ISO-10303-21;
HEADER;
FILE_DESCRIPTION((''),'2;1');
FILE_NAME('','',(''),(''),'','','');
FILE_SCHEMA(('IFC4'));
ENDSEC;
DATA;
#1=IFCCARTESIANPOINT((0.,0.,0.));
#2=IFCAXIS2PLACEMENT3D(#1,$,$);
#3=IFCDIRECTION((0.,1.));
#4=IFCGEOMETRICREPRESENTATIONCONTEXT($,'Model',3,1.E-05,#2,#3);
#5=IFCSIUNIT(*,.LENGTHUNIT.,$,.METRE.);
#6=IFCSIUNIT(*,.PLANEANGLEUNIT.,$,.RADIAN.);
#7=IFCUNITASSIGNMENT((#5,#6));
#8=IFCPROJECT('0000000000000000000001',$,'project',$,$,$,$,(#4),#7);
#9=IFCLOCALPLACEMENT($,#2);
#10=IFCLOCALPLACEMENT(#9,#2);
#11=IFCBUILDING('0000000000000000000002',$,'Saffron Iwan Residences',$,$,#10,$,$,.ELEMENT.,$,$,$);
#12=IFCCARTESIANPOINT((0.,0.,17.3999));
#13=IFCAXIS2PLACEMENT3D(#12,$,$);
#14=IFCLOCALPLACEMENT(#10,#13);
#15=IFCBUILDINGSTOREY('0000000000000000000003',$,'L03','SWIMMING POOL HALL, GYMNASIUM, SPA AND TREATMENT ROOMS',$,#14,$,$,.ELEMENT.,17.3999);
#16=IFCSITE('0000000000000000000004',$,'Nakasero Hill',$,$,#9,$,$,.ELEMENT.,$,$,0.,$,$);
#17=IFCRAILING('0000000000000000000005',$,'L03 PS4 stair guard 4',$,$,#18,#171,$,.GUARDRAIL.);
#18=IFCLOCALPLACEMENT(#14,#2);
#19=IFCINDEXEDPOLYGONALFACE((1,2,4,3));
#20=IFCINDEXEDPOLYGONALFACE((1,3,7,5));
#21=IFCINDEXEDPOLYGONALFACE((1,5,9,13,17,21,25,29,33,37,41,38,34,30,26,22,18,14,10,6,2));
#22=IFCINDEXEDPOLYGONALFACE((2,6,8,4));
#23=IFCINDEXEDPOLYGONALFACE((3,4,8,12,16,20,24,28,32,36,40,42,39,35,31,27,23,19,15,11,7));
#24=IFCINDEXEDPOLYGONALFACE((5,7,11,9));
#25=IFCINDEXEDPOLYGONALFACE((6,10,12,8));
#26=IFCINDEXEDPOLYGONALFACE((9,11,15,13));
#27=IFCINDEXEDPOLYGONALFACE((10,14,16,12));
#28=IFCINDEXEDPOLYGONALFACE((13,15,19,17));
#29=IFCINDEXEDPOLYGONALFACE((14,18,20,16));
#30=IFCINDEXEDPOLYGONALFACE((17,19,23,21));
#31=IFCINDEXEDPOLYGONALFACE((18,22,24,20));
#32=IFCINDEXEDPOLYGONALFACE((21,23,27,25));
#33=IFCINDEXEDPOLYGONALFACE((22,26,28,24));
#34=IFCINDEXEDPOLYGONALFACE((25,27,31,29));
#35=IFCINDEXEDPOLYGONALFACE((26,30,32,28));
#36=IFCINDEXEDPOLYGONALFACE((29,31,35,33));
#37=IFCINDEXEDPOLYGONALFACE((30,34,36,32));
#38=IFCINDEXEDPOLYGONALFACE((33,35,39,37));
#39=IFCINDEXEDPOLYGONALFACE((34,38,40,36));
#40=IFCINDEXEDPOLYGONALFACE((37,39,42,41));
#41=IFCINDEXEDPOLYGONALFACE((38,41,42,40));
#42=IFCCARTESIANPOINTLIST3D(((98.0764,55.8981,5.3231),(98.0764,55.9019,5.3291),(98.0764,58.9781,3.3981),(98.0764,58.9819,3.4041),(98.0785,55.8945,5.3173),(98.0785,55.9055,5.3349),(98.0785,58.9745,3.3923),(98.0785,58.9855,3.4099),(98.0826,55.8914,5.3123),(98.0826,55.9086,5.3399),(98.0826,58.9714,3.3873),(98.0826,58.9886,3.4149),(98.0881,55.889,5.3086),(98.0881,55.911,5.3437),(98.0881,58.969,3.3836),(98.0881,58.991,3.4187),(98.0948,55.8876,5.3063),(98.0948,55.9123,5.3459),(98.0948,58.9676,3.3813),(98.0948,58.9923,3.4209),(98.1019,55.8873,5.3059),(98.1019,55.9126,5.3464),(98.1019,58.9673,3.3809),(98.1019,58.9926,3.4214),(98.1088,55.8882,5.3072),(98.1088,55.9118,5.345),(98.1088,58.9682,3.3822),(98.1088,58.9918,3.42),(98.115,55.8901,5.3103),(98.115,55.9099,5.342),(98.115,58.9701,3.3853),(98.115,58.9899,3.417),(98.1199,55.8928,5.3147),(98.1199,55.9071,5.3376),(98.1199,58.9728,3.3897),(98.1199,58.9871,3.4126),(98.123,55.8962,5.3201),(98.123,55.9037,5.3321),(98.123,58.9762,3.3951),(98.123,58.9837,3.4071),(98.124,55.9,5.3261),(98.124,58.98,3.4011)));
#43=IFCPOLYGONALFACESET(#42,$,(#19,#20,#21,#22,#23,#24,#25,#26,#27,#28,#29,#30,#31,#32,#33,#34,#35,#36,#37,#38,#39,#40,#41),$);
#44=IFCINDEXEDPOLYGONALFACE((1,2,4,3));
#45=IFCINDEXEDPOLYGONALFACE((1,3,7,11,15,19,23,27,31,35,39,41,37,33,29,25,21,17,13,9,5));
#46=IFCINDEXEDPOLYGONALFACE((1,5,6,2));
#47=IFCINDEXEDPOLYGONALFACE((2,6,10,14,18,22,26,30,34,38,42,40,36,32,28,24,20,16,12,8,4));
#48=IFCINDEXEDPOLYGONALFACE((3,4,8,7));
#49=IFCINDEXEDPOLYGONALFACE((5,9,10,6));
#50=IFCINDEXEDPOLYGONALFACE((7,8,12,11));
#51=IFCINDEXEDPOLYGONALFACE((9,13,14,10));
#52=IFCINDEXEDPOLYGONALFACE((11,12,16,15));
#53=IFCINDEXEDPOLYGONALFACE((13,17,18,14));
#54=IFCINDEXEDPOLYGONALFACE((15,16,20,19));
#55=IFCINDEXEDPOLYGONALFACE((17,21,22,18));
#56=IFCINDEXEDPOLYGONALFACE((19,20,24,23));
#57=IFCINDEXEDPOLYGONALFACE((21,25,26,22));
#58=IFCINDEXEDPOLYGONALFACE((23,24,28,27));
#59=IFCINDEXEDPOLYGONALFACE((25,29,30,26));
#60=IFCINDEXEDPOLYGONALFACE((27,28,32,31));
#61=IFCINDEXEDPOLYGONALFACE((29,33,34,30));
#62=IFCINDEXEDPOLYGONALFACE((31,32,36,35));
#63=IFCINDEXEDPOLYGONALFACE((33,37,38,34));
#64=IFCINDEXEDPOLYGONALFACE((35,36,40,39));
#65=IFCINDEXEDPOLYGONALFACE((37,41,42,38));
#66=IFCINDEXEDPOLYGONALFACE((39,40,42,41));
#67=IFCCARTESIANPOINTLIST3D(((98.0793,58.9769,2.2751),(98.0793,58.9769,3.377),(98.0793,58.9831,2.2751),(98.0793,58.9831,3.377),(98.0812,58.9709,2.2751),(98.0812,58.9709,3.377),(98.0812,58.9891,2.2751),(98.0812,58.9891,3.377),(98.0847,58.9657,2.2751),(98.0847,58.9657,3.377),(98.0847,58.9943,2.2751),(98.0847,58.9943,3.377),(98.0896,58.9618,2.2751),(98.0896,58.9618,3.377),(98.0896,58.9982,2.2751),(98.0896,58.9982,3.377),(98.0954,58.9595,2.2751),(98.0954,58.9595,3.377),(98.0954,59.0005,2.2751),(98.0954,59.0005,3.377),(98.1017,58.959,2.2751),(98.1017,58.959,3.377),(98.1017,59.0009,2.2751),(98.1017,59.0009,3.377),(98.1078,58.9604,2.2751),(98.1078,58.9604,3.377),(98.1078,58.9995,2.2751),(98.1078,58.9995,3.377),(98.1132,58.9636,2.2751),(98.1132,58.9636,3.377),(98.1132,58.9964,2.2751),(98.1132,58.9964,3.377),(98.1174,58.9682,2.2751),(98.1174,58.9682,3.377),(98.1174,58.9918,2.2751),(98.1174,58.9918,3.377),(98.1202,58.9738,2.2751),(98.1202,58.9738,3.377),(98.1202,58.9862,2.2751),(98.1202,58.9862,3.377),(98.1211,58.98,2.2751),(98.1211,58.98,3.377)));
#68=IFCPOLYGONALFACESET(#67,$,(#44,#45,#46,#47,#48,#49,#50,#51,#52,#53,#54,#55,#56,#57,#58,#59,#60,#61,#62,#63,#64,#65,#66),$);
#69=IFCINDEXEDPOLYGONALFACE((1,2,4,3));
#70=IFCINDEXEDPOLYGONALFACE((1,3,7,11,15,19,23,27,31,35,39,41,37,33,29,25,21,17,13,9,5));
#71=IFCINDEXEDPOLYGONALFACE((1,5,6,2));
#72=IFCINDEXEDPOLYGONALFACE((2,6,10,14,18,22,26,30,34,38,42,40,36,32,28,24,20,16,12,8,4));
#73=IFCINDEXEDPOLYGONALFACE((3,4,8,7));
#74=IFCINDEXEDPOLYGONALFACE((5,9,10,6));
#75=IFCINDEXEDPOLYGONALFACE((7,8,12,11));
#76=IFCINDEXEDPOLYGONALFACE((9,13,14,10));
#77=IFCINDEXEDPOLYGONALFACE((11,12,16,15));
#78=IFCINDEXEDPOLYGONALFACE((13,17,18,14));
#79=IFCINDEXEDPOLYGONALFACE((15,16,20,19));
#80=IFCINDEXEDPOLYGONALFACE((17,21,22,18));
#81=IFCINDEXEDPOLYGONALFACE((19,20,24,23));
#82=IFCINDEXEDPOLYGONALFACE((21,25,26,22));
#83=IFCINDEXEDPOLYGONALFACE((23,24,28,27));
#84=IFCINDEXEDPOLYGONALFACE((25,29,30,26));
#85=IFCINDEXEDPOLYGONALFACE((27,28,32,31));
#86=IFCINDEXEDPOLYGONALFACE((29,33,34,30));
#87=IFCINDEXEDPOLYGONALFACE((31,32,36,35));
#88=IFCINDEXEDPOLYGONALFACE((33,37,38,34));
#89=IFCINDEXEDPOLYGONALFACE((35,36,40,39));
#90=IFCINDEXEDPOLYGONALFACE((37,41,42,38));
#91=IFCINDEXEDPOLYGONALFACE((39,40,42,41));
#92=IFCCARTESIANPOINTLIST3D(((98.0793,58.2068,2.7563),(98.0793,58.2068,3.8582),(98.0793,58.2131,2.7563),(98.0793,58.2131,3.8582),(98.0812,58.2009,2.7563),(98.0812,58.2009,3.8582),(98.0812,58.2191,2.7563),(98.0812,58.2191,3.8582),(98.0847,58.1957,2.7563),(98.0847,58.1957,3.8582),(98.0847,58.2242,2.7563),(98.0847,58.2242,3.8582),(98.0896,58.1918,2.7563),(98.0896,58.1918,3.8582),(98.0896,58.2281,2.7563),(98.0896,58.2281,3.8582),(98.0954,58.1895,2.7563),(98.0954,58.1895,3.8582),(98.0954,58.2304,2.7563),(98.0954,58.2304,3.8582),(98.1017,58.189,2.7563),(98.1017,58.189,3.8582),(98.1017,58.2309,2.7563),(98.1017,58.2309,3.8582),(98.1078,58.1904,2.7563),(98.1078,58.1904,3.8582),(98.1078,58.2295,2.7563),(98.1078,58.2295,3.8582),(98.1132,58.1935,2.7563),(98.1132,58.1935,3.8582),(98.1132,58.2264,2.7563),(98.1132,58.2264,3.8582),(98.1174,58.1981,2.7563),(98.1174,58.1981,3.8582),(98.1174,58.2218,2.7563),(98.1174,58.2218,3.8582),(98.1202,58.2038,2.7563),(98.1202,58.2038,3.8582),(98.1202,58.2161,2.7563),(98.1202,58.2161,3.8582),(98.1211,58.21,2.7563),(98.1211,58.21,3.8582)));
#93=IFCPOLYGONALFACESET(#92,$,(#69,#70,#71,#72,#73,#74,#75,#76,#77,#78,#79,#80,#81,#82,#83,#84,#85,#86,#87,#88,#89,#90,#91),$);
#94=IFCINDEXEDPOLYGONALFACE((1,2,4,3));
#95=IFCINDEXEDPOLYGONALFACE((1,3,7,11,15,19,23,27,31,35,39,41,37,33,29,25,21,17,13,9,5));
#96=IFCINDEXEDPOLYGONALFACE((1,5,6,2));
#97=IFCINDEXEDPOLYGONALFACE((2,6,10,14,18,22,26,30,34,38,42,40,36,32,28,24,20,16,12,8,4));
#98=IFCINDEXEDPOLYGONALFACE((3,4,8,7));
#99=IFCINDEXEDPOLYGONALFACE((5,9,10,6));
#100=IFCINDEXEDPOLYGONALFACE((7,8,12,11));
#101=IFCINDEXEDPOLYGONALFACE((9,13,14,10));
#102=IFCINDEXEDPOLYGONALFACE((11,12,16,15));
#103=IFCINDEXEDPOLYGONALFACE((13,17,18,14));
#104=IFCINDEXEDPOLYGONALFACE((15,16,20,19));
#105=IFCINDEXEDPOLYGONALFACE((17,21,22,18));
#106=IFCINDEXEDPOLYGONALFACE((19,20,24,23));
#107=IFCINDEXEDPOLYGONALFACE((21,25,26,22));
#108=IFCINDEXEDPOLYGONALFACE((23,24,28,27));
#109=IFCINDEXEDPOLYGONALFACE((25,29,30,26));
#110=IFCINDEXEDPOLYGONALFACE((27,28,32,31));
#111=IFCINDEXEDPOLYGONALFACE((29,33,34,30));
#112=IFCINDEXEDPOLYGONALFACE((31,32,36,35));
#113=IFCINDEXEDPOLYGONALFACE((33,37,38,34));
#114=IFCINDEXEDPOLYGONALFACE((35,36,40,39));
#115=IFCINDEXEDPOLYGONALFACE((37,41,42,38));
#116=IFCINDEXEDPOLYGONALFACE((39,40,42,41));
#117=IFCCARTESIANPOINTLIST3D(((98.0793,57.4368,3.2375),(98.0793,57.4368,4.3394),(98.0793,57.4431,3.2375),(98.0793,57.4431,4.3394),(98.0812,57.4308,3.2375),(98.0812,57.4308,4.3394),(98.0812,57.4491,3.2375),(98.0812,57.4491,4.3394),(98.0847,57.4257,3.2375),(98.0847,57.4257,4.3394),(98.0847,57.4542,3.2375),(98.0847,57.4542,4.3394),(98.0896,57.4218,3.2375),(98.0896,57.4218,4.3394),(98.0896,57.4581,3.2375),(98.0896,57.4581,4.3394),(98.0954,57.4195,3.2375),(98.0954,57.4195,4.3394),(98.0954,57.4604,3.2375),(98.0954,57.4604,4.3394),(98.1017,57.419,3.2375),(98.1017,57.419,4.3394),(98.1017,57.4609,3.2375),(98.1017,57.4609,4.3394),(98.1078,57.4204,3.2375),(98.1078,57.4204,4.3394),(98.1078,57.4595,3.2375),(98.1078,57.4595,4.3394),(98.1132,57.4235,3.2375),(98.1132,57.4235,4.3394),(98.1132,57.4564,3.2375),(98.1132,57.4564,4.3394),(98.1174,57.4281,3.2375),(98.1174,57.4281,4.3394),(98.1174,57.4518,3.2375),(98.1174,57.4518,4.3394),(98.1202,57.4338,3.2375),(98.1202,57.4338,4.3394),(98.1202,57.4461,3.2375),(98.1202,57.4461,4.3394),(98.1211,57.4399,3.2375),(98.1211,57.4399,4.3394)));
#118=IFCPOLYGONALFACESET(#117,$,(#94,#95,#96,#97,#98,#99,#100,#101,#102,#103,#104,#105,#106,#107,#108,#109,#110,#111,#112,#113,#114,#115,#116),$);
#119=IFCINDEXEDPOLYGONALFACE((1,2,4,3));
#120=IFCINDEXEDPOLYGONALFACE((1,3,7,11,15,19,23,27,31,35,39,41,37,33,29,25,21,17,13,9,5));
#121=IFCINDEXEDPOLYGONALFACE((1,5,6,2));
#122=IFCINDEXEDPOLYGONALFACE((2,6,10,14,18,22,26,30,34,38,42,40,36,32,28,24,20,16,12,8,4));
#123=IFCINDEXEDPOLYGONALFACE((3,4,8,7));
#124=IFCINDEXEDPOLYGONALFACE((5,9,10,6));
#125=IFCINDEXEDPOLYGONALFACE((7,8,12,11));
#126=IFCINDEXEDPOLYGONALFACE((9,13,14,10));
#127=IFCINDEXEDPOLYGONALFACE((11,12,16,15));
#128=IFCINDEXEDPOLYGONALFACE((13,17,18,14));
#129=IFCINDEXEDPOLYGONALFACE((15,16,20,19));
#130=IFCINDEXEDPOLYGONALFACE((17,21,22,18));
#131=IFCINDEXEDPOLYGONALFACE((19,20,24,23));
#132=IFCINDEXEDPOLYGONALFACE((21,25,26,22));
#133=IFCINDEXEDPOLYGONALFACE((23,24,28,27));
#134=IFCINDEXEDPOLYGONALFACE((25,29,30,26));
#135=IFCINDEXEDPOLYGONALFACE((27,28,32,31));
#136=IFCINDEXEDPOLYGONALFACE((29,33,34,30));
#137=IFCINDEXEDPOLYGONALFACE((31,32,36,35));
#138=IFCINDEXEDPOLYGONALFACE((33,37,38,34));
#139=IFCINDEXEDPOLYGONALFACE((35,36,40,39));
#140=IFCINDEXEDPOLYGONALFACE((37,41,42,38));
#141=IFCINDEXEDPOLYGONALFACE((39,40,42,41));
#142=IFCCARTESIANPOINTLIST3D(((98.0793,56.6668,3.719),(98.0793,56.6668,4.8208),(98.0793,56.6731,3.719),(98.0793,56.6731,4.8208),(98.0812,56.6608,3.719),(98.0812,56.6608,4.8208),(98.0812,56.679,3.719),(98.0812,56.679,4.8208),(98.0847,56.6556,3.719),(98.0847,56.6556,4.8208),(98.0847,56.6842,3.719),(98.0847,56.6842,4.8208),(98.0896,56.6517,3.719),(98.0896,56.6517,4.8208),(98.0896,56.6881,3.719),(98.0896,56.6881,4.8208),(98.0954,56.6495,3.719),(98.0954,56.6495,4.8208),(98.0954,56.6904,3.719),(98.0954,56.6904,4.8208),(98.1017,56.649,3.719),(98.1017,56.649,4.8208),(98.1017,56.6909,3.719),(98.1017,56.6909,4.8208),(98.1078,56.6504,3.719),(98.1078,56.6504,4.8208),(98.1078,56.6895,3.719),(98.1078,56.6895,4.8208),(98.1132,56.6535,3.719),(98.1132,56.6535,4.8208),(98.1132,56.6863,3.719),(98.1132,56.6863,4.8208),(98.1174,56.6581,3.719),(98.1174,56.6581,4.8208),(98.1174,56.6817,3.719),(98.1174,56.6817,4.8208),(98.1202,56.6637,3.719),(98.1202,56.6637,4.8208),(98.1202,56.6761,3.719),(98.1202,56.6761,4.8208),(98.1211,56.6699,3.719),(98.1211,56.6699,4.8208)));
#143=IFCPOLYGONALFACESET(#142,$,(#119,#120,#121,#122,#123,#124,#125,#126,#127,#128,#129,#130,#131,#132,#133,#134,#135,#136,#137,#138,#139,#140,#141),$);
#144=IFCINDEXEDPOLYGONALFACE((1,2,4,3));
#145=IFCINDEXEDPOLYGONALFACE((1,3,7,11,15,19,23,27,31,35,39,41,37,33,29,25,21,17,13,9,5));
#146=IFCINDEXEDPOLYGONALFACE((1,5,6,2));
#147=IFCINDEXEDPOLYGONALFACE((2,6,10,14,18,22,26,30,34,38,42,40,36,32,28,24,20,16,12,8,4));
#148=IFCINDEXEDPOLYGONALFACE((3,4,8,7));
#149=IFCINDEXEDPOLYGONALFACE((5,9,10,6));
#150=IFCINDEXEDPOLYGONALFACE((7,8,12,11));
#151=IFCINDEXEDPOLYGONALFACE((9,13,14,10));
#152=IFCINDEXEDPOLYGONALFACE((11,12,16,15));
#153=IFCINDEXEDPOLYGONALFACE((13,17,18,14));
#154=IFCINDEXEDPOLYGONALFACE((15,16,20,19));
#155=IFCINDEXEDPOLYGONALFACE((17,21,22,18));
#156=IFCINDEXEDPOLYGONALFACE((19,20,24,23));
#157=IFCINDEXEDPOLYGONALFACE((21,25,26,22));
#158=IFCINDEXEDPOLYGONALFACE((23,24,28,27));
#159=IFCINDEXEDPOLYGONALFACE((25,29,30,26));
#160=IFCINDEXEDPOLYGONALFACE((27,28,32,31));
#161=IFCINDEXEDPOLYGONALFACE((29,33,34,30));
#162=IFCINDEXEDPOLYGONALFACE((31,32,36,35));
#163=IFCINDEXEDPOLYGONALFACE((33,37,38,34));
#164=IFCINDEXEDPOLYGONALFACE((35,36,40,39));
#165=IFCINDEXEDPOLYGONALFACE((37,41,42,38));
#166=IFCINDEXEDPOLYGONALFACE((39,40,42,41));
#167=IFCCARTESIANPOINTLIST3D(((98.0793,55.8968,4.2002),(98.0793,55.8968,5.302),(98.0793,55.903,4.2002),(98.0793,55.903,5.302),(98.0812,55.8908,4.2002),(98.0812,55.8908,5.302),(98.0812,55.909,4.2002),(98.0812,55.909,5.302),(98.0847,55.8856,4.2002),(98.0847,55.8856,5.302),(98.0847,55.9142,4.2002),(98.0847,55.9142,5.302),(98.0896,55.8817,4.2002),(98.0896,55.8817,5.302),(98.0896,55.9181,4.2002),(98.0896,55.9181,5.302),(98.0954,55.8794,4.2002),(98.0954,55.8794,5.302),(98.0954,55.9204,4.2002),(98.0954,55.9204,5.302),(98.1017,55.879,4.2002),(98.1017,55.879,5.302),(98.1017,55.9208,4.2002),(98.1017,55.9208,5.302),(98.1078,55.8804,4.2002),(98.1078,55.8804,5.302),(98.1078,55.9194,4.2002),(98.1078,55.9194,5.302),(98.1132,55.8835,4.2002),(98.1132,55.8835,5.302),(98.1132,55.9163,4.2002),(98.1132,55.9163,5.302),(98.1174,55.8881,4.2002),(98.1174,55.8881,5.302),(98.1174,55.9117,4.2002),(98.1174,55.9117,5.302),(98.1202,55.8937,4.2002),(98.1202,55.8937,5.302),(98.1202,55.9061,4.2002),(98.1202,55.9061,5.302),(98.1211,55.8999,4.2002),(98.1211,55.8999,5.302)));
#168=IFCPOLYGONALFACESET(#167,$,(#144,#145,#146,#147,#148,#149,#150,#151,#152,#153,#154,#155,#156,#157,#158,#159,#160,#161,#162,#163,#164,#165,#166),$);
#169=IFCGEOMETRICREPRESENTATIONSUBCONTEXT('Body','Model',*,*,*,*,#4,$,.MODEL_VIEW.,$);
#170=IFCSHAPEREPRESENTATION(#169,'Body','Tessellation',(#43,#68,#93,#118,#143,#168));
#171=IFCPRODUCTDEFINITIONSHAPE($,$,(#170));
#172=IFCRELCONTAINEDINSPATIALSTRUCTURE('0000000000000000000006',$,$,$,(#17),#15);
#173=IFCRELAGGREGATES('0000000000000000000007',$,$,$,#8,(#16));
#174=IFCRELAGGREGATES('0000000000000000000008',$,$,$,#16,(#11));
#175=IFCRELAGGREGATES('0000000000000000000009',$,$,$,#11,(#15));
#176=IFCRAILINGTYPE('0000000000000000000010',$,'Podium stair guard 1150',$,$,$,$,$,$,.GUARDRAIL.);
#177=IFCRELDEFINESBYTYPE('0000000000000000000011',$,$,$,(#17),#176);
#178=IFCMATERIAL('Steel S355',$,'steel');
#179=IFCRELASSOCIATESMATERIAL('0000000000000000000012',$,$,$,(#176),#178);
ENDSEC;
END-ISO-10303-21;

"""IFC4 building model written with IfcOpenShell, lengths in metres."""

from ifc_helpers import new_model, si_unit, direction, frame, origin, origin_2d, place, context, subcontext, project, spatial, circle, extrude, material, type_object, element, save


model = new_model("IFC4")

# Units and contexts
model_context = context("Model", 3, precision=1e-05, world=origin(), true_north=direction((0.0, 1.0)))
body_context = subcontext(model_context, "Body", "Model", "MODEL_VIEW")
ifc_project = project(units=[si_unit("LENGTHUNIT", "METRE"), si_unit("PLANEANGLEUNIT", "RADIAN")], contexts=[model_context])

# Site, building, storey
site_placement = place(None, origin())
site = spatial("IfcSite", under=ifc_project, at=site_placement, Name="Nakasero Hill", CompositionType="ELEMENT", RefElevation=0.0)
building_placement = place(site_placement, origin())
building = spatial("IfcBuilding", under=site, at=building_placement, Name="Saffron Iwan Residences", CompositionType="ELEMENT")
storey_placement = place(building_placement, frame((0.0, 0.0, 17.3999)))
storey = spatial("IfcBuildingStorey", under=building, at=storey_placement, Name="L03", Description="SWIMMING POOL HALL, GYMNASIUM, SPA AND TREATMENT ROOMS", CompositionType="ELEMENT", Elevation=17.3999)

# Railing
ifc_material_1 = material(Name="Steel S355", Category="steel")
railing_type_1 = type_object("IfcRailingType", Name="Podium stair guard 1150", PredefinedType="GUARDRAIL", material=ifc_material_1)
railing_1_placement = place(storey_placement, frame((98.1001, 58.98, 2.2751)))
element("IfcRailing", 1, at=railing_1_placement, inside=storey, type_object=railing_type_1, Name="L03 PS4 stair guard 4", PredefinedType="GUARDRAIL", context=body_context, shape_type="SweptSolid", body=[
    extrude(circle(Radius=0.0239, at=origin_2d()), frame((0.0, 0.0, 1.126), z_axis=(0.0, -0.847998, 0.529999), x_axis=(1.0, 0.0, 0.0)), (0.0, 0.0, 1.0), 3.6321),
    extrude(circle(Radius=0.021, at=origin_2d()), origin(), (0.0, 0.0, 1.0), 1.1018),
    extrude(circle(Radius=0.021, at=origin_2d()), frame((0.0, -0.77, 0.4812)), (0.0, 0.0, 1.0), 1.1018),
    extrude(circle(Radius=0.021, at=origin_2d()), frame((0.0, -1.54, 0.9624)), (0.0, 0.0, 1.0), 1.1018),
    extrude(circle(Radius=0.021, at=origin_2d()), frame((0.0, -2.3101, 1.4438)), (0.0, 0.0, 1.0), 1.1018),
    extrude(circle(Radius=0.021, at=origin_2d()), frame((0.0, -3.0801, 1.925)), (0.0, 0.0, 1.0), 1.1018),
])

save(model, "model.ifc")
